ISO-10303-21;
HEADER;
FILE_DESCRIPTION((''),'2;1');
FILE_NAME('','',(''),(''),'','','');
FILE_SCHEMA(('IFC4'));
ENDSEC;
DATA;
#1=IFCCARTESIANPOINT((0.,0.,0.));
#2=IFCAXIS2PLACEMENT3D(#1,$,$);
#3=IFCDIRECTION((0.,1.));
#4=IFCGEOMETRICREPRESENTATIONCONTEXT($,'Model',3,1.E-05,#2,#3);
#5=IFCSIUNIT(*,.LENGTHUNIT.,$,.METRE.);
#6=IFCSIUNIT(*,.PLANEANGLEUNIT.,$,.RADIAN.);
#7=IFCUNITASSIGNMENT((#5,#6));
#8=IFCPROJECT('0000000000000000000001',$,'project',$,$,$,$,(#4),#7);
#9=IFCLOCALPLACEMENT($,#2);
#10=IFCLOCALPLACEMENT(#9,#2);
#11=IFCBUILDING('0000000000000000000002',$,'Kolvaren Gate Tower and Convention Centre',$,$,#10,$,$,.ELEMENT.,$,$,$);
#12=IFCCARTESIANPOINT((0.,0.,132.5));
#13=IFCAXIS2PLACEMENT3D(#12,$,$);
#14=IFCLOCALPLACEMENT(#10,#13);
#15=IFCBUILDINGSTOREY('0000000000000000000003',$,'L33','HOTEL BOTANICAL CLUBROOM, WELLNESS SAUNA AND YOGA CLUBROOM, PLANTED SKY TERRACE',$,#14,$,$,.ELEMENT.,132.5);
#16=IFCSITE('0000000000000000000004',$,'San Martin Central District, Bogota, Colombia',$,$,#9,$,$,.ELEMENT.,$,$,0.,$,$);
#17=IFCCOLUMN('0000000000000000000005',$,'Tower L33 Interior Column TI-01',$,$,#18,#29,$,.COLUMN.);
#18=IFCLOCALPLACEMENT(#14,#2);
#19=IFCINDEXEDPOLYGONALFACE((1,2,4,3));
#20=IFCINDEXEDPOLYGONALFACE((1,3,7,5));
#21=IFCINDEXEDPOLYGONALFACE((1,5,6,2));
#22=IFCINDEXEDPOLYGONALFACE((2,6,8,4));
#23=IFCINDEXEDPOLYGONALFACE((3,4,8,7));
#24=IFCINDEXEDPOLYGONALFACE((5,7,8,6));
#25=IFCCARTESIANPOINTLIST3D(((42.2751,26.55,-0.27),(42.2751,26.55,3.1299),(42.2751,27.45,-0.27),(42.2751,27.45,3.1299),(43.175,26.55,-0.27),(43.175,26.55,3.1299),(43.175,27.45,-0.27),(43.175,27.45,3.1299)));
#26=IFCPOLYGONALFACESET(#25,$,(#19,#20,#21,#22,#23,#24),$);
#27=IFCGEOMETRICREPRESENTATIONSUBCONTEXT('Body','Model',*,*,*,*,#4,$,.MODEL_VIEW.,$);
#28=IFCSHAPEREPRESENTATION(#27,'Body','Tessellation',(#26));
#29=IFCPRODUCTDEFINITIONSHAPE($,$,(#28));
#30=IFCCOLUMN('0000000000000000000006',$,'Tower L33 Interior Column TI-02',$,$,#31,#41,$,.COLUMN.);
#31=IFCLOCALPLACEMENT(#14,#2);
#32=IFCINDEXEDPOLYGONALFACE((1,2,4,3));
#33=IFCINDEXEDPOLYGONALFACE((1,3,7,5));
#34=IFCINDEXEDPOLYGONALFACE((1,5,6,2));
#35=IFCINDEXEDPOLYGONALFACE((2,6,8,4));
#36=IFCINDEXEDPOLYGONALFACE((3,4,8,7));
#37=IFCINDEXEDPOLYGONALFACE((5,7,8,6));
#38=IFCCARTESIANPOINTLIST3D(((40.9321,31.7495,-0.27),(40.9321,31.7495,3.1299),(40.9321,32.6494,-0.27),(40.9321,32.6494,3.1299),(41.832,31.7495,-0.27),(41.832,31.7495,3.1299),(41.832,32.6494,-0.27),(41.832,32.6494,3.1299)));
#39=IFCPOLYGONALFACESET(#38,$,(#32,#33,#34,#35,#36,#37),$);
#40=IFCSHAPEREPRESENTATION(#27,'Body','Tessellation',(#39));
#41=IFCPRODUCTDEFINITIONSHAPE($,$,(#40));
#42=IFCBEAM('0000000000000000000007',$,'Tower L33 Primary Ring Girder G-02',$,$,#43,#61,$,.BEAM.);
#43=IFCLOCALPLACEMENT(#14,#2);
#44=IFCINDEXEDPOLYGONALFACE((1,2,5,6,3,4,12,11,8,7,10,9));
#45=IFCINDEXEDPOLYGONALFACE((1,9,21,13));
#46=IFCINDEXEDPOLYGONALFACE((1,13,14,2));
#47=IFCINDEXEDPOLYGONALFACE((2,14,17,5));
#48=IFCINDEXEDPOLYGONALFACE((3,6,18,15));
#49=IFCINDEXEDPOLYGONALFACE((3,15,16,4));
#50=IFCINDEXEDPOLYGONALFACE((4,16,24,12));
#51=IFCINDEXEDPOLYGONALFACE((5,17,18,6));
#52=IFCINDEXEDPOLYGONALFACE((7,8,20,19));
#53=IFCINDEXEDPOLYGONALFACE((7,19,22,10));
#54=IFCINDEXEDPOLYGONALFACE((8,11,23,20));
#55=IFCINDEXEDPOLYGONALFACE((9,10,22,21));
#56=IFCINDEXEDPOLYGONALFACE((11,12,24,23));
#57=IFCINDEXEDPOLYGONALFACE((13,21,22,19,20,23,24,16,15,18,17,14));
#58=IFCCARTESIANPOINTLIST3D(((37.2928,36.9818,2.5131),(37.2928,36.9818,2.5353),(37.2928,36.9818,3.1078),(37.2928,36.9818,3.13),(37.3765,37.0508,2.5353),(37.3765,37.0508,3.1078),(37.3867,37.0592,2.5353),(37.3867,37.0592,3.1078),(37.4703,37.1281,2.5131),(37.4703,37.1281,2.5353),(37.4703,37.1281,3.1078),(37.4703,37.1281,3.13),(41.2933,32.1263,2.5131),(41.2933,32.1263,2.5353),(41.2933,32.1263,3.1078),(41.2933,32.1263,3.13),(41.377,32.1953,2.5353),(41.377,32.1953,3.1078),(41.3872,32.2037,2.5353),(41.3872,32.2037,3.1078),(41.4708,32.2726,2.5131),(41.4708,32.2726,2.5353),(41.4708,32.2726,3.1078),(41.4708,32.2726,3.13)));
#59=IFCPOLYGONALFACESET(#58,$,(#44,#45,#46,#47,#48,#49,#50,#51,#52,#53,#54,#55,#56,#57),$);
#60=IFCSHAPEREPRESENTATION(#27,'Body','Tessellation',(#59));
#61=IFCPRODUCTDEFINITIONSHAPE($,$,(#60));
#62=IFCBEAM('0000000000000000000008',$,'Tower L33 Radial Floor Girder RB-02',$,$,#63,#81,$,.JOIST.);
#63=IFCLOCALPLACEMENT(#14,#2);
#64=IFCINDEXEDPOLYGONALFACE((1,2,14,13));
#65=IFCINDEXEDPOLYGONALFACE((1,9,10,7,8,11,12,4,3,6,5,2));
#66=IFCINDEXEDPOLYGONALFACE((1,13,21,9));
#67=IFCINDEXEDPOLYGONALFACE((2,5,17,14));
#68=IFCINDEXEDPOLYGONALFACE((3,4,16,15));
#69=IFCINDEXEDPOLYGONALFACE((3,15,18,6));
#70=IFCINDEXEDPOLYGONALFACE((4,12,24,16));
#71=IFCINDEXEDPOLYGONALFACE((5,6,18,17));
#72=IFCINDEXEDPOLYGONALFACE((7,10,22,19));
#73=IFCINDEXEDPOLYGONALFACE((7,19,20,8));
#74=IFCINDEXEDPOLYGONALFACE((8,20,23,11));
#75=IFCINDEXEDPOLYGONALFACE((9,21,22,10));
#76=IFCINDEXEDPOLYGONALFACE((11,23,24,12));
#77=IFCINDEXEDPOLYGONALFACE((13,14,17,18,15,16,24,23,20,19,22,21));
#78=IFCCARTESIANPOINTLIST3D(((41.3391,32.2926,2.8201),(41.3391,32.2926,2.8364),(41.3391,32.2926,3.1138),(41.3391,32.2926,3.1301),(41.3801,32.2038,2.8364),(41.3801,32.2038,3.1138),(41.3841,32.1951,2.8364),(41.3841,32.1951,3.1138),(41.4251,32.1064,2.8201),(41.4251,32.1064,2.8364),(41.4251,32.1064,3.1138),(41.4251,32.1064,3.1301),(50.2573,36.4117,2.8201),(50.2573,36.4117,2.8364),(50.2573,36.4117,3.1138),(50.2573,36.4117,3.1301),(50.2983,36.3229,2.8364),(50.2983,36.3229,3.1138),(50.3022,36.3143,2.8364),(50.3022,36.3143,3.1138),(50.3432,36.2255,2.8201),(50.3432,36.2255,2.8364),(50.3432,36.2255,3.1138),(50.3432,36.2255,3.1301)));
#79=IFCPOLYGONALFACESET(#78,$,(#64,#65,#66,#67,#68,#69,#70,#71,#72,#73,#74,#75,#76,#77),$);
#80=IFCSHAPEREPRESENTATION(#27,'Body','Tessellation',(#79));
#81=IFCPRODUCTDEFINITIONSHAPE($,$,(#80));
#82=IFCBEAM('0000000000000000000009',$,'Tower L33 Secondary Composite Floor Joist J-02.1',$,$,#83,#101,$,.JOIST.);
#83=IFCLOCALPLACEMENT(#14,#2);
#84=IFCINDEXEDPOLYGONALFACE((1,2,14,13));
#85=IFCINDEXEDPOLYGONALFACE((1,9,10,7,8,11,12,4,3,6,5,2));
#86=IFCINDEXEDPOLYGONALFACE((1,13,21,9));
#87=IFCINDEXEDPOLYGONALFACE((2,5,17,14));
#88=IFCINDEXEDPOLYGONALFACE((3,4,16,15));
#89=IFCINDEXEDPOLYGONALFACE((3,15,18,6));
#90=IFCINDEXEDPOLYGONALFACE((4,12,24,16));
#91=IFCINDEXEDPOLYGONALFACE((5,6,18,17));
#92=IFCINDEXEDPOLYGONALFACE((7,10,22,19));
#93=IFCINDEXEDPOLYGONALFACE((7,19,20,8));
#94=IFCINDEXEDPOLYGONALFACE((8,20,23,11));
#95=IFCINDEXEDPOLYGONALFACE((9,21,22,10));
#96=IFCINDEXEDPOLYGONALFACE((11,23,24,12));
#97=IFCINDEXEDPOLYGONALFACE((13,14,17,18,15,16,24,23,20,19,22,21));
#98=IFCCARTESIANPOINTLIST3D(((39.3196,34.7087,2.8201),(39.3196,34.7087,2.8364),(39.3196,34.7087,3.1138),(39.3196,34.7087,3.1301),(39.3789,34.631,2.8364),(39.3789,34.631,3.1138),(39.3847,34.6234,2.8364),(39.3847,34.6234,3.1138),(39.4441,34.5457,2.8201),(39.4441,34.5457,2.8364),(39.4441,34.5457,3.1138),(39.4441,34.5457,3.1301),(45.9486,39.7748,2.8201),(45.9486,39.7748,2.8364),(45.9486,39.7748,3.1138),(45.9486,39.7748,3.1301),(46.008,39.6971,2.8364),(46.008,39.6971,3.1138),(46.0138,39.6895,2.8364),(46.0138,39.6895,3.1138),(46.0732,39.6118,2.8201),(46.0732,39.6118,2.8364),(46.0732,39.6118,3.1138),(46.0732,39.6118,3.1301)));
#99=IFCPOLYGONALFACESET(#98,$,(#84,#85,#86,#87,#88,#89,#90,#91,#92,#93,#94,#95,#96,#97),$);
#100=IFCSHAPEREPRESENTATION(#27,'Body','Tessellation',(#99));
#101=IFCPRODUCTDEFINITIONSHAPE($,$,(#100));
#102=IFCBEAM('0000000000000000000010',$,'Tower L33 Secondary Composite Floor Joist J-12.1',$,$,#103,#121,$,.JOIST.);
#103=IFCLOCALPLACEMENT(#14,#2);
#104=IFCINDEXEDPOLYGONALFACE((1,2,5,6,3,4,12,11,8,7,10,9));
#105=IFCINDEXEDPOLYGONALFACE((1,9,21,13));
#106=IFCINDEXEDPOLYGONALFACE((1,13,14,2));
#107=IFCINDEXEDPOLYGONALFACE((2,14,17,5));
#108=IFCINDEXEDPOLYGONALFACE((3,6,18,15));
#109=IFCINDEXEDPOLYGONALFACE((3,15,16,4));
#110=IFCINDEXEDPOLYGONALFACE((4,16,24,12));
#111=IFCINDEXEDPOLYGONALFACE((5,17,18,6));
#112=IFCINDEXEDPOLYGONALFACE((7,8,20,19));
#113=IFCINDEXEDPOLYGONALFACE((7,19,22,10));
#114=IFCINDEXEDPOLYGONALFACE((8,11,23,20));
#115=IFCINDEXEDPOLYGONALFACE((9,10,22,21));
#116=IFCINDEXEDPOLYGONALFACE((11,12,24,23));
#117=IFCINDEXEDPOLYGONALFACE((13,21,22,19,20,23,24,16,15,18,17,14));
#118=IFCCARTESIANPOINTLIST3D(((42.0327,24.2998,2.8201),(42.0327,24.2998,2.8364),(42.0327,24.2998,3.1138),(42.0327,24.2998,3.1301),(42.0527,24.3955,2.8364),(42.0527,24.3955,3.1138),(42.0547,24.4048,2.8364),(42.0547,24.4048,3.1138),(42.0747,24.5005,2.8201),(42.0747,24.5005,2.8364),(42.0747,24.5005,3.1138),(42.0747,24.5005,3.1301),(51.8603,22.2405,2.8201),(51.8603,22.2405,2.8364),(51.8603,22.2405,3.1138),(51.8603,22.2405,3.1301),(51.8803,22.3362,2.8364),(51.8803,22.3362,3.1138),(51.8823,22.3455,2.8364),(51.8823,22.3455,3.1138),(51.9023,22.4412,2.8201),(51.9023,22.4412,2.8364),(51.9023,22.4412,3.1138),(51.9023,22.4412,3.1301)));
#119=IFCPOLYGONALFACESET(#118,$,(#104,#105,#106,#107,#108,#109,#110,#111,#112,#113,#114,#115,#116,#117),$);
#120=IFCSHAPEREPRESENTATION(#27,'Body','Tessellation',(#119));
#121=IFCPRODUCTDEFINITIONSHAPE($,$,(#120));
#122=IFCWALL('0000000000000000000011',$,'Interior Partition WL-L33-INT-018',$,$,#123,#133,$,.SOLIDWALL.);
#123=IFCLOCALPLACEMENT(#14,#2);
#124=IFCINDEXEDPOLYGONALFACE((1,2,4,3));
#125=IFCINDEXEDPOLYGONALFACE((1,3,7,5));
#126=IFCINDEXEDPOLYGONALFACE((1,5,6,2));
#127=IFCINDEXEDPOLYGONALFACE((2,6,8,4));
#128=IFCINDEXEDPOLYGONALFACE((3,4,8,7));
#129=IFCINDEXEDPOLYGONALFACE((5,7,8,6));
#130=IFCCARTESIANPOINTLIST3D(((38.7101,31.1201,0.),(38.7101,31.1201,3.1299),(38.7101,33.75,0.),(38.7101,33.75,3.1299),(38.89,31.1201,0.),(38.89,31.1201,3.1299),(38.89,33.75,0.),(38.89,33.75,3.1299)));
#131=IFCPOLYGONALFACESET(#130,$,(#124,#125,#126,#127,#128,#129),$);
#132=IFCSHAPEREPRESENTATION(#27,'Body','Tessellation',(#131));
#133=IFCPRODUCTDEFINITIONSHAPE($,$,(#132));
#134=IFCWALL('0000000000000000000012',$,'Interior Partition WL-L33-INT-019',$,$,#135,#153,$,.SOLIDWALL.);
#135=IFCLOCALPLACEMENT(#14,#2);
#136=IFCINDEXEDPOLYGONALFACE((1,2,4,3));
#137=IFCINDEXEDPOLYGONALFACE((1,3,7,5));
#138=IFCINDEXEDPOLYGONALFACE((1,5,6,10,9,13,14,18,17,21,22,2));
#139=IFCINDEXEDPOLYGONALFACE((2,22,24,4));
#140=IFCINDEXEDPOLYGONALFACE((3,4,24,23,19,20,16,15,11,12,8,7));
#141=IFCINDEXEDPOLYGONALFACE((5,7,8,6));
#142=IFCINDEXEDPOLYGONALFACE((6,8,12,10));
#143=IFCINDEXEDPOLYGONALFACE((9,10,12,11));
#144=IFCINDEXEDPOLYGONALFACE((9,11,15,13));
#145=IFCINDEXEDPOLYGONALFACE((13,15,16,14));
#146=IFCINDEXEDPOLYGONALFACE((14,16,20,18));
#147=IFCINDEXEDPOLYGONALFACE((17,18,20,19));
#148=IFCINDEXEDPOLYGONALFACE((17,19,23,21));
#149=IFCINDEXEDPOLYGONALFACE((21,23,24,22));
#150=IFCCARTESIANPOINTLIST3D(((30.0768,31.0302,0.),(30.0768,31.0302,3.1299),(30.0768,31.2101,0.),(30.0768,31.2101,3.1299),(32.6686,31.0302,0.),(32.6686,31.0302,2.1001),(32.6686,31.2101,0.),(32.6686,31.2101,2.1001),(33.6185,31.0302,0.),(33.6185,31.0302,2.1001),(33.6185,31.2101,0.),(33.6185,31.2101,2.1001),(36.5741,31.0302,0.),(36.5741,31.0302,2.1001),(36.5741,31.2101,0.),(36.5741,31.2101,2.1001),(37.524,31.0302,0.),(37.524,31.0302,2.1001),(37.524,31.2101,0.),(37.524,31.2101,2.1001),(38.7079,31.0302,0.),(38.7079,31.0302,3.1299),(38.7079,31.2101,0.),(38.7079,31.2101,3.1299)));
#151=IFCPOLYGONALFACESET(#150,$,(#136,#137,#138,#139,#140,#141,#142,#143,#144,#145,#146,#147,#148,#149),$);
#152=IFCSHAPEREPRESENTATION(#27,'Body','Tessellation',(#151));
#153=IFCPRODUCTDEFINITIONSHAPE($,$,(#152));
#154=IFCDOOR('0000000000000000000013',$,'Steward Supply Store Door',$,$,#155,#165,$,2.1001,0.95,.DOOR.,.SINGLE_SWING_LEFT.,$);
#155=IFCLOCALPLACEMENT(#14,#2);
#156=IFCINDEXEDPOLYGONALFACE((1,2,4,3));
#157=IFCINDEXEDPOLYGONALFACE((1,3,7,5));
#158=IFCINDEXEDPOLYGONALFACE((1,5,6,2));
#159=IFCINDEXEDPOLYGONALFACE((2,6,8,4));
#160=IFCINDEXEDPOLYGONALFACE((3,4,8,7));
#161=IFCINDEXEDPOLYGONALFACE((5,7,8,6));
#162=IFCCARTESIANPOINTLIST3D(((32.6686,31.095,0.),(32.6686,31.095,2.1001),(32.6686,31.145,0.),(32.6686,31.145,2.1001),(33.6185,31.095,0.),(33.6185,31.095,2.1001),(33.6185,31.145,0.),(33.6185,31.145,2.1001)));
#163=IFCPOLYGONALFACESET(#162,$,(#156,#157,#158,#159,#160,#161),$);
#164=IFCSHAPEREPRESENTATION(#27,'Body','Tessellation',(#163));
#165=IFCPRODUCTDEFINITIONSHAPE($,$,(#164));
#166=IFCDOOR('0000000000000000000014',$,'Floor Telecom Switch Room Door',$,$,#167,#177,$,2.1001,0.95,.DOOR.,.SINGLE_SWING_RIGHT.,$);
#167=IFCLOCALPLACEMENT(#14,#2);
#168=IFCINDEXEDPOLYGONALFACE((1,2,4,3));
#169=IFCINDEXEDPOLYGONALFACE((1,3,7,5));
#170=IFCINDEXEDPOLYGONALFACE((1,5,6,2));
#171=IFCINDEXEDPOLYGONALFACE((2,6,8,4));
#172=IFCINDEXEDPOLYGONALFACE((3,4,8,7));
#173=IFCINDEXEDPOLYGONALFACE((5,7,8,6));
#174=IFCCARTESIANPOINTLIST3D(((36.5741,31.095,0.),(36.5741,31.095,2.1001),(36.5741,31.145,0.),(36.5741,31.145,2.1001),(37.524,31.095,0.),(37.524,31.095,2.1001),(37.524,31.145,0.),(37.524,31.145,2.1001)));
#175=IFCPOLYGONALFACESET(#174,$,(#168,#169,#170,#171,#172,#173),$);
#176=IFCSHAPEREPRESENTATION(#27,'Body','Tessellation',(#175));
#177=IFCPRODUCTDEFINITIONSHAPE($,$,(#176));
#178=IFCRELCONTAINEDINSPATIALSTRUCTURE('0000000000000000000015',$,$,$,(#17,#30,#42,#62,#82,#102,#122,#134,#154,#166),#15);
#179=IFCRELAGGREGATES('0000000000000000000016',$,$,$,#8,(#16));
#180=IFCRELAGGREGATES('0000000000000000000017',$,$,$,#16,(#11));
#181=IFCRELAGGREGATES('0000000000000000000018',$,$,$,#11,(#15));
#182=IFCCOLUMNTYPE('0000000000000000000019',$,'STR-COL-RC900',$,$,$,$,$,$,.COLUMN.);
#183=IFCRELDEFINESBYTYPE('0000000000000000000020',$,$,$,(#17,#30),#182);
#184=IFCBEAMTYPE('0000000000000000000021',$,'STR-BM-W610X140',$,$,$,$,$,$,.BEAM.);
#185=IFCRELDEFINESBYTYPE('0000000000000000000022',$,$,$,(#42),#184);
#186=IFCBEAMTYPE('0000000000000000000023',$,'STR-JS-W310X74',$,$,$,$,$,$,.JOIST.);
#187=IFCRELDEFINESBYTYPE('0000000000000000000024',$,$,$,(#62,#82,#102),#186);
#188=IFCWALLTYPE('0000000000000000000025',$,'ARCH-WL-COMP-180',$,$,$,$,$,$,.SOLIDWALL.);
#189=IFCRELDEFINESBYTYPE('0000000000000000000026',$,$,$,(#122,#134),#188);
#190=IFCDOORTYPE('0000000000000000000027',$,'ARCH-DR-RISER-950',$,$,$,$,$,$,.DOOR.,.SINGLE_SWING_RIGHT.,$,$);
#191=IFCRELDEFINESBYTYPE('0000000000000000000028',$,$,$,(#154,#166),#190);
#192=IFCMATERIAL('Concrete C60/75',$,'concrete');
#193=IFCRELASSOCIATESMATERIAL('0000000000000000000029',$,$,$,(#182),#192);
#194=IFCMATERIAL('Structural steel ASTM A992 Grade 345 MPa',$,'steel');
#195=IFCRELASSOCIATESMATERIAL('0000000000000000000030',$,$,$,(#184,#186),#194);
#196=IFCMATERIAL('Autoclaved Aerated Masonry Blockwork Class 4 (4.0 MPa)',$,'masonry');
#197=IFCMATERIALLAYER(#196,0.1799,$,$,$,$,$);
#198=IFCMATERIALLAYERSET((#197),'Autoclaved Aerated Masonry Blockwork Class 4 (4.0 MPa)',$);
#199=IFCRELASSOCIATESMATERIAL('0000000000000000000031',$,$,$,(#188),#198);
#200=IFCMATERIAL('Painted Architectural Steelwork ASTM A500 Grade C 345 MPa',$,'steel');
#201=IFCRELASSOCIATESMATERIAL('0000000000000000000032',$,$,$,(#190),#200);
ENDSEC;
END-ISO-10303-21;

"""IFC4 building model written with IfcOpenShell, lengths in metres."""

from ifc_helpers import new_model, si_unit, direction, frame, frame_2d, origin, origin_2d, place, context, subcontext, project, spatial, rectangle, i_section, extrude, material, layer, layer_set, material_profile, profile_set, type_object, element, fill, save


model = new_model("IFC4")

# Units and contexts
model_context = context("Model", 3, precision=1e-05, world=origin(), true_north=direction((0.0, 1.0)))
body_context = subcontext(model_context, "Body", "Model", "MODEL_VIEW")
ifc_project = project(units=[si_unit("LENGTHUNIT", "METRE"), si_unit("PLANEANGLEUNIT", "RADIAN")], contexts=[model_context])

# Site, building, storey
site_placement = place(None, origin())
site = spatial("IfcSite", under=ifc_project, at=site_placement, Name="San Martin Central District, Bogota, Colombia", CompositionType="ELEMENT", RefElevation=0.0)
building_placement = place(site_placement, origin())
building = spatial("IfcBuilding", under=site, at=building_placement, Name="Kolvaren Gate Tower and Convention Centre", CompositionType="ELEMENT")
storey_placement = place(building_placement, frame((0.0, 0.0, 132.5)))
storey = spatial("IfcBuildingStorey", under=building, at=storey_placement, Name="L33", Description="HOTEL BOTANICAL CLUBROOM, WELLNESS SAUNA AND YOGA CLUBROOM, PLANTED SKY TERRACE", CompositionType="ELEMENT", Elevation=132.5)

# Columns
ifc_material_1 = material(Name="Concrete C60/75", Category="concrete")
ifc_material_profile_1 = material_profile(ifc_material_1, rectangle(XDim=0.8999, YDim=0.8999, at=origin_2d()), Name="RC-COL-900X900")
ifc_profile_set_1 = profile_set([ifc_material_profile_1], Name="Concrete C60/75")
column_type = type_object("IfcColumnType", Name="STR-COL-RC900", PredefinedType="COLUMN", material=ifc_profile_set_1)
for number, where, z_axis, x_axis, name in (
    (1, (42.7251, 27.0, -0.27), (0.0, 0.0, 1.0), (1.0, 0.0, 0.0), "Tower L33 Interior Column TI-01"),
    (2, (41.3821, 32.1995, -0.27), (0.0, 0.0, 1.0), (1.0, 0.0, 0.0), "Tower L33 Interior Column TI-02"),
):
    element("IfcColumn", number, at=place(storey_placement, frame(where, z_axis=z_axis, x_axis=x_axis)), inside=storey, type_object=column_type, Name=name, PredefinedType="COLUMN", context=body_context, shape_type="SweptSolid", body=[
        extrude(rectangle(XDim=0.8999, YDim=0.8999, at=origin_2d()), origin(), (0.0, 0.0, 1.0), 3.3999),
    ])

# Beams
ifc_material_2 = material(Name="Structural steel ASTM A992 Grade 345 MPa", Category="steel")
ifc_material_profile_2 = material_profile(ifc_material_2, i_section(OverallWidth=0.23, OverallDepth=0.6169, WebThickness=0.0132, FlangeThickness=0.0222, at=origin_2d()), Name="W610X140")
ifc_profile_set_2 = profile_set([ifc_material_profile_2], Name="Structural steel ASTM A992 Grade 345 MPa")
beam_type_1 = type_object("IfcBeamType", Name="STR-BM-W610X140", PredefinedType="BEAM", material=ifc_profile_set_2)
beam_1_placement = place(storey_placement, frame((41.3821, 32.1995, 2.8215), z_axis=(-0.635884, 0.771785, 0.0), x_axis=(-0.771785, -0.635884, 0.0)))
element("IfcBeam", 3, at=beam_1_placement, inside=storey, type_object=beam_type_1, Name="Tower L33 Primary Ring Girder G-02", PredefinedType="BEAM", context=body_context, shape_type="SweptSolid", body=[
    extrude(i_section(OverallWidth=0.23, OverallDepth=0.6169, WebThickness=0.0132, FlangeThickness=0.0222, at=origin_2d()), origin(), (0.0, 0.0, 1.0), 6.2913),
])
ifc_material_profile_3 = material_profile(ifc_material_2, i_section(OverallWidth=0.2051, OverallDepth=0.3101, WebThickness=0.0095, FlangeThickness=0.0164, at=origin_2d()), Name="W310X74")
ifc_profile_set_3 = profile_set([ifc_material_profile_3], Name="Structural steel ASTM A992 Grade 345 MPa")
beam_type_2 = type_object("IfcBeamType", Name="STR-JS-W310X74", PredefinedType="JOIST", material=ifc_profile_set_3)
beam_2_placement = place(storey_placement, frame((41.3821, 32.1995, 2.9751), z_axis=(0.907842, 0.419313, 0.0), x_axis=(-0.419313, 0.907842, 0.0)))
element("IfcBeam", 4, at=beam_2_placement, inside=storey, type_object=beam_type_2, Name="Tower L33 Radial Floor Girder RB-02", PredefinedType="JOIST", context=body_context, shape_type="SweptSolid", body=[
    extrude(i_section(OverallWidth=0.2051, OverallDepth=0.3101, WebThickness=0.0095, FlangeThickness=0.0164, at=origin_2d()), origin(), (0.0, 0.0, 1.0), 9.8235),
])
beam_3_placement = place(storey_placement, frame((39.3818, 34.6272, 2.9751), z_axis=(0.794542, 0.607209, 0.0), x_axis=(-0.607209, 0.794542, 0.0)))
element("IfcBeam", 5, at=beam_3_placement, inside=storey, type_object=beam_type_2, Name="Tower L33 Secondary Composite Floor Joist J-02.1", PredefinedType="JOIST", context=body_context, shape_type="SweptSolid", body=[
    extrude(i_section(OverallWidth=0.2051, OverallDepth=0.3101, WebThickness=0.0095, FlangeThickness=0.0164, at=origin_2d()), origin(), (0.0, 0.0, 1.0), 8.3433),
])
beam_4_placement = place(storey_placement, frame((42.0537, 24.4001, 2.9751), z_axis=(0.978743, -0.20509, 0.0), x_axis=(0.20509, 0.978743, 0.0)))
element("IfcBeam", 6, at=beam_4_placement, inside=storey, type_object=beam_type_2, Name="Tower L33 Secondary Composite Floor Joist J-12.1", PredefinedType="JOIST", context=body_context, shape_type="SweptSolid", body=[
    extrude(i_section(OverallWidth=0.2051, OverallDepth=0.3101, WebThickness=0.0095, FlangeThickness=0.0164, at=origin_2d()), origin(), (0.0, 0.0, 1.0), 10.041),
])

# Wall
ifc_material_3 = material(Name="Autoclaved Aerated Masonry Blockwork Class 4 (4.0 MPa)", Category="masonry")
ifc_layer_1 = layer(ifc_material_3, 0.1799)
ifc_layer_set_1 = layer_set([ifc_layer_1], Name="Autoclaved Aerated Masonry Blockwork Class 4 (4.0 MPa)")
wall_type_1 = type_object("IfcWallType", Name="ARCH-WL-COMP-180", PredefinedType="SOLIDWALL", material=ifc_layer_set_1)
wall_1_placement = place(storey_placement, frame((38.8, 31.1201, 0.0), z_axis=(0.0, 0.0, 1.0), x_axis=(0.0, 1.0, 0.0)))
element("IfcWall", 7, at=wall_1_placement, inside=storey, type_object=wall_type_1, Name="Interior Partition WL-L33-INT-018", PredefinedType="SOLIDWALL", context=body_context, shape_type="SweptSolid", body=[
    extrude(rectangle(XDim=2.6299, YDim=0.1799, at=frame_2d((1.3149, 0.0))), origin(), (0.0, 0.0, 1.0), 3.1299),
])

# Wall, openings, doors
wall_2_placement = place(storey_placement, frame((30.0769, 31.1201, 0.0), z_axis=(0.0, 0.0, 1.0), x_axis=(1.0, 0.0, 0.0)))
wall_2 = element("IfcWall", 8, at=wall_2_placement, inside=storey, type_object=wall_type_1, Name="Interior Partition WL-L33-INT-019", PredefinedType="SOLIDWALL", context=body_context, shape_type="SweptSolid", body=[
    extrude(rectangle(XDim=8.6311, YDim=0.1799, at=frame_2d((4.3154, 0.0))), origin(), (0.0, 0.0, 1.0), 3.1299),
])
opening_1_placement = place(wall_2_placement, frame((2.5916, 0.0, 0.0)))
opening_1 = element("IfcOpeningElement", 9, at=opening_1_placement, cuts=wall_2, PredefinedType="OPENING", context=body_context, shape_type="SweptSolid", body=[
    extrude(rectangle(XDim=0.95, YDim=2.1001, at=frame_2d((0.4751, 1.05))), frame((0.0, 0.0999, 0.0), z_axis=(0.0, -1.0, 0.0), x_axis=(1.0, 0.0, 0.0)), (0.0, 0.0, 1.0), 0.2),
])
opening_2_placement = place(wall_2_placement, frame((6.4971, 0.0, 0.0)))
opening_2 = element("IfcOpeningElement", 10, at=opening_2_placement, cuts=wall_2, PredefinedType="OPENING", context=body_context, shape_type="SweptSolid", body=[
    extrude(rectangle(XDim=0.95, YDim=2.1001, at=frame_2d((0.4751, 1.05))), frame((0.0, 0.0999, 0.0), z_axis=(0.0, -1.0, 0.0), x_axis=(1.0, 0.0, 0.0)), (0.0, 0.0, 1.0), 0.2),
])
ifc_material_4 = material(Name="Painted Architectural Steelwork ASTM A500 Grade C 345 MPa", Category="steel")
door_type = type_object("IfcDoorType", Name="ARCH-DR-RISER-950", OperationType="SINGLE_SWING_RIGHT", PredefinedType="DOOR", material=ifc_material_4)
door_1_placement = place(opening_1_placement, origin())
door_1 = element("IfcDoor", 11, at=door_1_placement, inside=storey, type_object=door_type, Name="Steward Supply Store Door", OperationType="SINGLE_SWING_LEFT", OverallHeight=2.1001, OverallWidth=0.95, PredefinedType="DOOR", context=body_context, shape_type="SweptSolid", body=[
    extrude(rectangle(XDim=0.95, YDim=2.1001, at=frame_2d((0.4751, 1.05))), frame((0.0, 0.0249, 0.0), z_axis=(0.0, -1.0, 0.0), x_axis=(1.0, 0.0, 0.0)), (0.0, 0.0, 1.0), 0.05),
])
fill(opening_1, door_1)
door_2_placement = place(opening_2_placement, origin())
door_2 = element("IfcDoor", 12, at=door_2_placement, inside=storey, type_object=door_type, Name="Floor Telecom Switch Room Door", OperationType="SINGLE_SWING_RIGHT", OverallHeight=2.1001, OverallWidth=0.95, PredefinedType="DOOR", context=body_context, shape_type="SweptSolid", body=[
    extrude(rectangle(XDim=0.95, YDim=2.1001, at=frame_2d((0.4751, 1.05))), frame((0.0, 0.0249, 0.0), z_axis=(0.0, -1.0, 0.0), x_axis=(1.0, 0.0, 0.0)), (0.0, 0.0, 1.0), 0.05),
])
fill(opening_2, door_2)

save(model, "model.ifc")
